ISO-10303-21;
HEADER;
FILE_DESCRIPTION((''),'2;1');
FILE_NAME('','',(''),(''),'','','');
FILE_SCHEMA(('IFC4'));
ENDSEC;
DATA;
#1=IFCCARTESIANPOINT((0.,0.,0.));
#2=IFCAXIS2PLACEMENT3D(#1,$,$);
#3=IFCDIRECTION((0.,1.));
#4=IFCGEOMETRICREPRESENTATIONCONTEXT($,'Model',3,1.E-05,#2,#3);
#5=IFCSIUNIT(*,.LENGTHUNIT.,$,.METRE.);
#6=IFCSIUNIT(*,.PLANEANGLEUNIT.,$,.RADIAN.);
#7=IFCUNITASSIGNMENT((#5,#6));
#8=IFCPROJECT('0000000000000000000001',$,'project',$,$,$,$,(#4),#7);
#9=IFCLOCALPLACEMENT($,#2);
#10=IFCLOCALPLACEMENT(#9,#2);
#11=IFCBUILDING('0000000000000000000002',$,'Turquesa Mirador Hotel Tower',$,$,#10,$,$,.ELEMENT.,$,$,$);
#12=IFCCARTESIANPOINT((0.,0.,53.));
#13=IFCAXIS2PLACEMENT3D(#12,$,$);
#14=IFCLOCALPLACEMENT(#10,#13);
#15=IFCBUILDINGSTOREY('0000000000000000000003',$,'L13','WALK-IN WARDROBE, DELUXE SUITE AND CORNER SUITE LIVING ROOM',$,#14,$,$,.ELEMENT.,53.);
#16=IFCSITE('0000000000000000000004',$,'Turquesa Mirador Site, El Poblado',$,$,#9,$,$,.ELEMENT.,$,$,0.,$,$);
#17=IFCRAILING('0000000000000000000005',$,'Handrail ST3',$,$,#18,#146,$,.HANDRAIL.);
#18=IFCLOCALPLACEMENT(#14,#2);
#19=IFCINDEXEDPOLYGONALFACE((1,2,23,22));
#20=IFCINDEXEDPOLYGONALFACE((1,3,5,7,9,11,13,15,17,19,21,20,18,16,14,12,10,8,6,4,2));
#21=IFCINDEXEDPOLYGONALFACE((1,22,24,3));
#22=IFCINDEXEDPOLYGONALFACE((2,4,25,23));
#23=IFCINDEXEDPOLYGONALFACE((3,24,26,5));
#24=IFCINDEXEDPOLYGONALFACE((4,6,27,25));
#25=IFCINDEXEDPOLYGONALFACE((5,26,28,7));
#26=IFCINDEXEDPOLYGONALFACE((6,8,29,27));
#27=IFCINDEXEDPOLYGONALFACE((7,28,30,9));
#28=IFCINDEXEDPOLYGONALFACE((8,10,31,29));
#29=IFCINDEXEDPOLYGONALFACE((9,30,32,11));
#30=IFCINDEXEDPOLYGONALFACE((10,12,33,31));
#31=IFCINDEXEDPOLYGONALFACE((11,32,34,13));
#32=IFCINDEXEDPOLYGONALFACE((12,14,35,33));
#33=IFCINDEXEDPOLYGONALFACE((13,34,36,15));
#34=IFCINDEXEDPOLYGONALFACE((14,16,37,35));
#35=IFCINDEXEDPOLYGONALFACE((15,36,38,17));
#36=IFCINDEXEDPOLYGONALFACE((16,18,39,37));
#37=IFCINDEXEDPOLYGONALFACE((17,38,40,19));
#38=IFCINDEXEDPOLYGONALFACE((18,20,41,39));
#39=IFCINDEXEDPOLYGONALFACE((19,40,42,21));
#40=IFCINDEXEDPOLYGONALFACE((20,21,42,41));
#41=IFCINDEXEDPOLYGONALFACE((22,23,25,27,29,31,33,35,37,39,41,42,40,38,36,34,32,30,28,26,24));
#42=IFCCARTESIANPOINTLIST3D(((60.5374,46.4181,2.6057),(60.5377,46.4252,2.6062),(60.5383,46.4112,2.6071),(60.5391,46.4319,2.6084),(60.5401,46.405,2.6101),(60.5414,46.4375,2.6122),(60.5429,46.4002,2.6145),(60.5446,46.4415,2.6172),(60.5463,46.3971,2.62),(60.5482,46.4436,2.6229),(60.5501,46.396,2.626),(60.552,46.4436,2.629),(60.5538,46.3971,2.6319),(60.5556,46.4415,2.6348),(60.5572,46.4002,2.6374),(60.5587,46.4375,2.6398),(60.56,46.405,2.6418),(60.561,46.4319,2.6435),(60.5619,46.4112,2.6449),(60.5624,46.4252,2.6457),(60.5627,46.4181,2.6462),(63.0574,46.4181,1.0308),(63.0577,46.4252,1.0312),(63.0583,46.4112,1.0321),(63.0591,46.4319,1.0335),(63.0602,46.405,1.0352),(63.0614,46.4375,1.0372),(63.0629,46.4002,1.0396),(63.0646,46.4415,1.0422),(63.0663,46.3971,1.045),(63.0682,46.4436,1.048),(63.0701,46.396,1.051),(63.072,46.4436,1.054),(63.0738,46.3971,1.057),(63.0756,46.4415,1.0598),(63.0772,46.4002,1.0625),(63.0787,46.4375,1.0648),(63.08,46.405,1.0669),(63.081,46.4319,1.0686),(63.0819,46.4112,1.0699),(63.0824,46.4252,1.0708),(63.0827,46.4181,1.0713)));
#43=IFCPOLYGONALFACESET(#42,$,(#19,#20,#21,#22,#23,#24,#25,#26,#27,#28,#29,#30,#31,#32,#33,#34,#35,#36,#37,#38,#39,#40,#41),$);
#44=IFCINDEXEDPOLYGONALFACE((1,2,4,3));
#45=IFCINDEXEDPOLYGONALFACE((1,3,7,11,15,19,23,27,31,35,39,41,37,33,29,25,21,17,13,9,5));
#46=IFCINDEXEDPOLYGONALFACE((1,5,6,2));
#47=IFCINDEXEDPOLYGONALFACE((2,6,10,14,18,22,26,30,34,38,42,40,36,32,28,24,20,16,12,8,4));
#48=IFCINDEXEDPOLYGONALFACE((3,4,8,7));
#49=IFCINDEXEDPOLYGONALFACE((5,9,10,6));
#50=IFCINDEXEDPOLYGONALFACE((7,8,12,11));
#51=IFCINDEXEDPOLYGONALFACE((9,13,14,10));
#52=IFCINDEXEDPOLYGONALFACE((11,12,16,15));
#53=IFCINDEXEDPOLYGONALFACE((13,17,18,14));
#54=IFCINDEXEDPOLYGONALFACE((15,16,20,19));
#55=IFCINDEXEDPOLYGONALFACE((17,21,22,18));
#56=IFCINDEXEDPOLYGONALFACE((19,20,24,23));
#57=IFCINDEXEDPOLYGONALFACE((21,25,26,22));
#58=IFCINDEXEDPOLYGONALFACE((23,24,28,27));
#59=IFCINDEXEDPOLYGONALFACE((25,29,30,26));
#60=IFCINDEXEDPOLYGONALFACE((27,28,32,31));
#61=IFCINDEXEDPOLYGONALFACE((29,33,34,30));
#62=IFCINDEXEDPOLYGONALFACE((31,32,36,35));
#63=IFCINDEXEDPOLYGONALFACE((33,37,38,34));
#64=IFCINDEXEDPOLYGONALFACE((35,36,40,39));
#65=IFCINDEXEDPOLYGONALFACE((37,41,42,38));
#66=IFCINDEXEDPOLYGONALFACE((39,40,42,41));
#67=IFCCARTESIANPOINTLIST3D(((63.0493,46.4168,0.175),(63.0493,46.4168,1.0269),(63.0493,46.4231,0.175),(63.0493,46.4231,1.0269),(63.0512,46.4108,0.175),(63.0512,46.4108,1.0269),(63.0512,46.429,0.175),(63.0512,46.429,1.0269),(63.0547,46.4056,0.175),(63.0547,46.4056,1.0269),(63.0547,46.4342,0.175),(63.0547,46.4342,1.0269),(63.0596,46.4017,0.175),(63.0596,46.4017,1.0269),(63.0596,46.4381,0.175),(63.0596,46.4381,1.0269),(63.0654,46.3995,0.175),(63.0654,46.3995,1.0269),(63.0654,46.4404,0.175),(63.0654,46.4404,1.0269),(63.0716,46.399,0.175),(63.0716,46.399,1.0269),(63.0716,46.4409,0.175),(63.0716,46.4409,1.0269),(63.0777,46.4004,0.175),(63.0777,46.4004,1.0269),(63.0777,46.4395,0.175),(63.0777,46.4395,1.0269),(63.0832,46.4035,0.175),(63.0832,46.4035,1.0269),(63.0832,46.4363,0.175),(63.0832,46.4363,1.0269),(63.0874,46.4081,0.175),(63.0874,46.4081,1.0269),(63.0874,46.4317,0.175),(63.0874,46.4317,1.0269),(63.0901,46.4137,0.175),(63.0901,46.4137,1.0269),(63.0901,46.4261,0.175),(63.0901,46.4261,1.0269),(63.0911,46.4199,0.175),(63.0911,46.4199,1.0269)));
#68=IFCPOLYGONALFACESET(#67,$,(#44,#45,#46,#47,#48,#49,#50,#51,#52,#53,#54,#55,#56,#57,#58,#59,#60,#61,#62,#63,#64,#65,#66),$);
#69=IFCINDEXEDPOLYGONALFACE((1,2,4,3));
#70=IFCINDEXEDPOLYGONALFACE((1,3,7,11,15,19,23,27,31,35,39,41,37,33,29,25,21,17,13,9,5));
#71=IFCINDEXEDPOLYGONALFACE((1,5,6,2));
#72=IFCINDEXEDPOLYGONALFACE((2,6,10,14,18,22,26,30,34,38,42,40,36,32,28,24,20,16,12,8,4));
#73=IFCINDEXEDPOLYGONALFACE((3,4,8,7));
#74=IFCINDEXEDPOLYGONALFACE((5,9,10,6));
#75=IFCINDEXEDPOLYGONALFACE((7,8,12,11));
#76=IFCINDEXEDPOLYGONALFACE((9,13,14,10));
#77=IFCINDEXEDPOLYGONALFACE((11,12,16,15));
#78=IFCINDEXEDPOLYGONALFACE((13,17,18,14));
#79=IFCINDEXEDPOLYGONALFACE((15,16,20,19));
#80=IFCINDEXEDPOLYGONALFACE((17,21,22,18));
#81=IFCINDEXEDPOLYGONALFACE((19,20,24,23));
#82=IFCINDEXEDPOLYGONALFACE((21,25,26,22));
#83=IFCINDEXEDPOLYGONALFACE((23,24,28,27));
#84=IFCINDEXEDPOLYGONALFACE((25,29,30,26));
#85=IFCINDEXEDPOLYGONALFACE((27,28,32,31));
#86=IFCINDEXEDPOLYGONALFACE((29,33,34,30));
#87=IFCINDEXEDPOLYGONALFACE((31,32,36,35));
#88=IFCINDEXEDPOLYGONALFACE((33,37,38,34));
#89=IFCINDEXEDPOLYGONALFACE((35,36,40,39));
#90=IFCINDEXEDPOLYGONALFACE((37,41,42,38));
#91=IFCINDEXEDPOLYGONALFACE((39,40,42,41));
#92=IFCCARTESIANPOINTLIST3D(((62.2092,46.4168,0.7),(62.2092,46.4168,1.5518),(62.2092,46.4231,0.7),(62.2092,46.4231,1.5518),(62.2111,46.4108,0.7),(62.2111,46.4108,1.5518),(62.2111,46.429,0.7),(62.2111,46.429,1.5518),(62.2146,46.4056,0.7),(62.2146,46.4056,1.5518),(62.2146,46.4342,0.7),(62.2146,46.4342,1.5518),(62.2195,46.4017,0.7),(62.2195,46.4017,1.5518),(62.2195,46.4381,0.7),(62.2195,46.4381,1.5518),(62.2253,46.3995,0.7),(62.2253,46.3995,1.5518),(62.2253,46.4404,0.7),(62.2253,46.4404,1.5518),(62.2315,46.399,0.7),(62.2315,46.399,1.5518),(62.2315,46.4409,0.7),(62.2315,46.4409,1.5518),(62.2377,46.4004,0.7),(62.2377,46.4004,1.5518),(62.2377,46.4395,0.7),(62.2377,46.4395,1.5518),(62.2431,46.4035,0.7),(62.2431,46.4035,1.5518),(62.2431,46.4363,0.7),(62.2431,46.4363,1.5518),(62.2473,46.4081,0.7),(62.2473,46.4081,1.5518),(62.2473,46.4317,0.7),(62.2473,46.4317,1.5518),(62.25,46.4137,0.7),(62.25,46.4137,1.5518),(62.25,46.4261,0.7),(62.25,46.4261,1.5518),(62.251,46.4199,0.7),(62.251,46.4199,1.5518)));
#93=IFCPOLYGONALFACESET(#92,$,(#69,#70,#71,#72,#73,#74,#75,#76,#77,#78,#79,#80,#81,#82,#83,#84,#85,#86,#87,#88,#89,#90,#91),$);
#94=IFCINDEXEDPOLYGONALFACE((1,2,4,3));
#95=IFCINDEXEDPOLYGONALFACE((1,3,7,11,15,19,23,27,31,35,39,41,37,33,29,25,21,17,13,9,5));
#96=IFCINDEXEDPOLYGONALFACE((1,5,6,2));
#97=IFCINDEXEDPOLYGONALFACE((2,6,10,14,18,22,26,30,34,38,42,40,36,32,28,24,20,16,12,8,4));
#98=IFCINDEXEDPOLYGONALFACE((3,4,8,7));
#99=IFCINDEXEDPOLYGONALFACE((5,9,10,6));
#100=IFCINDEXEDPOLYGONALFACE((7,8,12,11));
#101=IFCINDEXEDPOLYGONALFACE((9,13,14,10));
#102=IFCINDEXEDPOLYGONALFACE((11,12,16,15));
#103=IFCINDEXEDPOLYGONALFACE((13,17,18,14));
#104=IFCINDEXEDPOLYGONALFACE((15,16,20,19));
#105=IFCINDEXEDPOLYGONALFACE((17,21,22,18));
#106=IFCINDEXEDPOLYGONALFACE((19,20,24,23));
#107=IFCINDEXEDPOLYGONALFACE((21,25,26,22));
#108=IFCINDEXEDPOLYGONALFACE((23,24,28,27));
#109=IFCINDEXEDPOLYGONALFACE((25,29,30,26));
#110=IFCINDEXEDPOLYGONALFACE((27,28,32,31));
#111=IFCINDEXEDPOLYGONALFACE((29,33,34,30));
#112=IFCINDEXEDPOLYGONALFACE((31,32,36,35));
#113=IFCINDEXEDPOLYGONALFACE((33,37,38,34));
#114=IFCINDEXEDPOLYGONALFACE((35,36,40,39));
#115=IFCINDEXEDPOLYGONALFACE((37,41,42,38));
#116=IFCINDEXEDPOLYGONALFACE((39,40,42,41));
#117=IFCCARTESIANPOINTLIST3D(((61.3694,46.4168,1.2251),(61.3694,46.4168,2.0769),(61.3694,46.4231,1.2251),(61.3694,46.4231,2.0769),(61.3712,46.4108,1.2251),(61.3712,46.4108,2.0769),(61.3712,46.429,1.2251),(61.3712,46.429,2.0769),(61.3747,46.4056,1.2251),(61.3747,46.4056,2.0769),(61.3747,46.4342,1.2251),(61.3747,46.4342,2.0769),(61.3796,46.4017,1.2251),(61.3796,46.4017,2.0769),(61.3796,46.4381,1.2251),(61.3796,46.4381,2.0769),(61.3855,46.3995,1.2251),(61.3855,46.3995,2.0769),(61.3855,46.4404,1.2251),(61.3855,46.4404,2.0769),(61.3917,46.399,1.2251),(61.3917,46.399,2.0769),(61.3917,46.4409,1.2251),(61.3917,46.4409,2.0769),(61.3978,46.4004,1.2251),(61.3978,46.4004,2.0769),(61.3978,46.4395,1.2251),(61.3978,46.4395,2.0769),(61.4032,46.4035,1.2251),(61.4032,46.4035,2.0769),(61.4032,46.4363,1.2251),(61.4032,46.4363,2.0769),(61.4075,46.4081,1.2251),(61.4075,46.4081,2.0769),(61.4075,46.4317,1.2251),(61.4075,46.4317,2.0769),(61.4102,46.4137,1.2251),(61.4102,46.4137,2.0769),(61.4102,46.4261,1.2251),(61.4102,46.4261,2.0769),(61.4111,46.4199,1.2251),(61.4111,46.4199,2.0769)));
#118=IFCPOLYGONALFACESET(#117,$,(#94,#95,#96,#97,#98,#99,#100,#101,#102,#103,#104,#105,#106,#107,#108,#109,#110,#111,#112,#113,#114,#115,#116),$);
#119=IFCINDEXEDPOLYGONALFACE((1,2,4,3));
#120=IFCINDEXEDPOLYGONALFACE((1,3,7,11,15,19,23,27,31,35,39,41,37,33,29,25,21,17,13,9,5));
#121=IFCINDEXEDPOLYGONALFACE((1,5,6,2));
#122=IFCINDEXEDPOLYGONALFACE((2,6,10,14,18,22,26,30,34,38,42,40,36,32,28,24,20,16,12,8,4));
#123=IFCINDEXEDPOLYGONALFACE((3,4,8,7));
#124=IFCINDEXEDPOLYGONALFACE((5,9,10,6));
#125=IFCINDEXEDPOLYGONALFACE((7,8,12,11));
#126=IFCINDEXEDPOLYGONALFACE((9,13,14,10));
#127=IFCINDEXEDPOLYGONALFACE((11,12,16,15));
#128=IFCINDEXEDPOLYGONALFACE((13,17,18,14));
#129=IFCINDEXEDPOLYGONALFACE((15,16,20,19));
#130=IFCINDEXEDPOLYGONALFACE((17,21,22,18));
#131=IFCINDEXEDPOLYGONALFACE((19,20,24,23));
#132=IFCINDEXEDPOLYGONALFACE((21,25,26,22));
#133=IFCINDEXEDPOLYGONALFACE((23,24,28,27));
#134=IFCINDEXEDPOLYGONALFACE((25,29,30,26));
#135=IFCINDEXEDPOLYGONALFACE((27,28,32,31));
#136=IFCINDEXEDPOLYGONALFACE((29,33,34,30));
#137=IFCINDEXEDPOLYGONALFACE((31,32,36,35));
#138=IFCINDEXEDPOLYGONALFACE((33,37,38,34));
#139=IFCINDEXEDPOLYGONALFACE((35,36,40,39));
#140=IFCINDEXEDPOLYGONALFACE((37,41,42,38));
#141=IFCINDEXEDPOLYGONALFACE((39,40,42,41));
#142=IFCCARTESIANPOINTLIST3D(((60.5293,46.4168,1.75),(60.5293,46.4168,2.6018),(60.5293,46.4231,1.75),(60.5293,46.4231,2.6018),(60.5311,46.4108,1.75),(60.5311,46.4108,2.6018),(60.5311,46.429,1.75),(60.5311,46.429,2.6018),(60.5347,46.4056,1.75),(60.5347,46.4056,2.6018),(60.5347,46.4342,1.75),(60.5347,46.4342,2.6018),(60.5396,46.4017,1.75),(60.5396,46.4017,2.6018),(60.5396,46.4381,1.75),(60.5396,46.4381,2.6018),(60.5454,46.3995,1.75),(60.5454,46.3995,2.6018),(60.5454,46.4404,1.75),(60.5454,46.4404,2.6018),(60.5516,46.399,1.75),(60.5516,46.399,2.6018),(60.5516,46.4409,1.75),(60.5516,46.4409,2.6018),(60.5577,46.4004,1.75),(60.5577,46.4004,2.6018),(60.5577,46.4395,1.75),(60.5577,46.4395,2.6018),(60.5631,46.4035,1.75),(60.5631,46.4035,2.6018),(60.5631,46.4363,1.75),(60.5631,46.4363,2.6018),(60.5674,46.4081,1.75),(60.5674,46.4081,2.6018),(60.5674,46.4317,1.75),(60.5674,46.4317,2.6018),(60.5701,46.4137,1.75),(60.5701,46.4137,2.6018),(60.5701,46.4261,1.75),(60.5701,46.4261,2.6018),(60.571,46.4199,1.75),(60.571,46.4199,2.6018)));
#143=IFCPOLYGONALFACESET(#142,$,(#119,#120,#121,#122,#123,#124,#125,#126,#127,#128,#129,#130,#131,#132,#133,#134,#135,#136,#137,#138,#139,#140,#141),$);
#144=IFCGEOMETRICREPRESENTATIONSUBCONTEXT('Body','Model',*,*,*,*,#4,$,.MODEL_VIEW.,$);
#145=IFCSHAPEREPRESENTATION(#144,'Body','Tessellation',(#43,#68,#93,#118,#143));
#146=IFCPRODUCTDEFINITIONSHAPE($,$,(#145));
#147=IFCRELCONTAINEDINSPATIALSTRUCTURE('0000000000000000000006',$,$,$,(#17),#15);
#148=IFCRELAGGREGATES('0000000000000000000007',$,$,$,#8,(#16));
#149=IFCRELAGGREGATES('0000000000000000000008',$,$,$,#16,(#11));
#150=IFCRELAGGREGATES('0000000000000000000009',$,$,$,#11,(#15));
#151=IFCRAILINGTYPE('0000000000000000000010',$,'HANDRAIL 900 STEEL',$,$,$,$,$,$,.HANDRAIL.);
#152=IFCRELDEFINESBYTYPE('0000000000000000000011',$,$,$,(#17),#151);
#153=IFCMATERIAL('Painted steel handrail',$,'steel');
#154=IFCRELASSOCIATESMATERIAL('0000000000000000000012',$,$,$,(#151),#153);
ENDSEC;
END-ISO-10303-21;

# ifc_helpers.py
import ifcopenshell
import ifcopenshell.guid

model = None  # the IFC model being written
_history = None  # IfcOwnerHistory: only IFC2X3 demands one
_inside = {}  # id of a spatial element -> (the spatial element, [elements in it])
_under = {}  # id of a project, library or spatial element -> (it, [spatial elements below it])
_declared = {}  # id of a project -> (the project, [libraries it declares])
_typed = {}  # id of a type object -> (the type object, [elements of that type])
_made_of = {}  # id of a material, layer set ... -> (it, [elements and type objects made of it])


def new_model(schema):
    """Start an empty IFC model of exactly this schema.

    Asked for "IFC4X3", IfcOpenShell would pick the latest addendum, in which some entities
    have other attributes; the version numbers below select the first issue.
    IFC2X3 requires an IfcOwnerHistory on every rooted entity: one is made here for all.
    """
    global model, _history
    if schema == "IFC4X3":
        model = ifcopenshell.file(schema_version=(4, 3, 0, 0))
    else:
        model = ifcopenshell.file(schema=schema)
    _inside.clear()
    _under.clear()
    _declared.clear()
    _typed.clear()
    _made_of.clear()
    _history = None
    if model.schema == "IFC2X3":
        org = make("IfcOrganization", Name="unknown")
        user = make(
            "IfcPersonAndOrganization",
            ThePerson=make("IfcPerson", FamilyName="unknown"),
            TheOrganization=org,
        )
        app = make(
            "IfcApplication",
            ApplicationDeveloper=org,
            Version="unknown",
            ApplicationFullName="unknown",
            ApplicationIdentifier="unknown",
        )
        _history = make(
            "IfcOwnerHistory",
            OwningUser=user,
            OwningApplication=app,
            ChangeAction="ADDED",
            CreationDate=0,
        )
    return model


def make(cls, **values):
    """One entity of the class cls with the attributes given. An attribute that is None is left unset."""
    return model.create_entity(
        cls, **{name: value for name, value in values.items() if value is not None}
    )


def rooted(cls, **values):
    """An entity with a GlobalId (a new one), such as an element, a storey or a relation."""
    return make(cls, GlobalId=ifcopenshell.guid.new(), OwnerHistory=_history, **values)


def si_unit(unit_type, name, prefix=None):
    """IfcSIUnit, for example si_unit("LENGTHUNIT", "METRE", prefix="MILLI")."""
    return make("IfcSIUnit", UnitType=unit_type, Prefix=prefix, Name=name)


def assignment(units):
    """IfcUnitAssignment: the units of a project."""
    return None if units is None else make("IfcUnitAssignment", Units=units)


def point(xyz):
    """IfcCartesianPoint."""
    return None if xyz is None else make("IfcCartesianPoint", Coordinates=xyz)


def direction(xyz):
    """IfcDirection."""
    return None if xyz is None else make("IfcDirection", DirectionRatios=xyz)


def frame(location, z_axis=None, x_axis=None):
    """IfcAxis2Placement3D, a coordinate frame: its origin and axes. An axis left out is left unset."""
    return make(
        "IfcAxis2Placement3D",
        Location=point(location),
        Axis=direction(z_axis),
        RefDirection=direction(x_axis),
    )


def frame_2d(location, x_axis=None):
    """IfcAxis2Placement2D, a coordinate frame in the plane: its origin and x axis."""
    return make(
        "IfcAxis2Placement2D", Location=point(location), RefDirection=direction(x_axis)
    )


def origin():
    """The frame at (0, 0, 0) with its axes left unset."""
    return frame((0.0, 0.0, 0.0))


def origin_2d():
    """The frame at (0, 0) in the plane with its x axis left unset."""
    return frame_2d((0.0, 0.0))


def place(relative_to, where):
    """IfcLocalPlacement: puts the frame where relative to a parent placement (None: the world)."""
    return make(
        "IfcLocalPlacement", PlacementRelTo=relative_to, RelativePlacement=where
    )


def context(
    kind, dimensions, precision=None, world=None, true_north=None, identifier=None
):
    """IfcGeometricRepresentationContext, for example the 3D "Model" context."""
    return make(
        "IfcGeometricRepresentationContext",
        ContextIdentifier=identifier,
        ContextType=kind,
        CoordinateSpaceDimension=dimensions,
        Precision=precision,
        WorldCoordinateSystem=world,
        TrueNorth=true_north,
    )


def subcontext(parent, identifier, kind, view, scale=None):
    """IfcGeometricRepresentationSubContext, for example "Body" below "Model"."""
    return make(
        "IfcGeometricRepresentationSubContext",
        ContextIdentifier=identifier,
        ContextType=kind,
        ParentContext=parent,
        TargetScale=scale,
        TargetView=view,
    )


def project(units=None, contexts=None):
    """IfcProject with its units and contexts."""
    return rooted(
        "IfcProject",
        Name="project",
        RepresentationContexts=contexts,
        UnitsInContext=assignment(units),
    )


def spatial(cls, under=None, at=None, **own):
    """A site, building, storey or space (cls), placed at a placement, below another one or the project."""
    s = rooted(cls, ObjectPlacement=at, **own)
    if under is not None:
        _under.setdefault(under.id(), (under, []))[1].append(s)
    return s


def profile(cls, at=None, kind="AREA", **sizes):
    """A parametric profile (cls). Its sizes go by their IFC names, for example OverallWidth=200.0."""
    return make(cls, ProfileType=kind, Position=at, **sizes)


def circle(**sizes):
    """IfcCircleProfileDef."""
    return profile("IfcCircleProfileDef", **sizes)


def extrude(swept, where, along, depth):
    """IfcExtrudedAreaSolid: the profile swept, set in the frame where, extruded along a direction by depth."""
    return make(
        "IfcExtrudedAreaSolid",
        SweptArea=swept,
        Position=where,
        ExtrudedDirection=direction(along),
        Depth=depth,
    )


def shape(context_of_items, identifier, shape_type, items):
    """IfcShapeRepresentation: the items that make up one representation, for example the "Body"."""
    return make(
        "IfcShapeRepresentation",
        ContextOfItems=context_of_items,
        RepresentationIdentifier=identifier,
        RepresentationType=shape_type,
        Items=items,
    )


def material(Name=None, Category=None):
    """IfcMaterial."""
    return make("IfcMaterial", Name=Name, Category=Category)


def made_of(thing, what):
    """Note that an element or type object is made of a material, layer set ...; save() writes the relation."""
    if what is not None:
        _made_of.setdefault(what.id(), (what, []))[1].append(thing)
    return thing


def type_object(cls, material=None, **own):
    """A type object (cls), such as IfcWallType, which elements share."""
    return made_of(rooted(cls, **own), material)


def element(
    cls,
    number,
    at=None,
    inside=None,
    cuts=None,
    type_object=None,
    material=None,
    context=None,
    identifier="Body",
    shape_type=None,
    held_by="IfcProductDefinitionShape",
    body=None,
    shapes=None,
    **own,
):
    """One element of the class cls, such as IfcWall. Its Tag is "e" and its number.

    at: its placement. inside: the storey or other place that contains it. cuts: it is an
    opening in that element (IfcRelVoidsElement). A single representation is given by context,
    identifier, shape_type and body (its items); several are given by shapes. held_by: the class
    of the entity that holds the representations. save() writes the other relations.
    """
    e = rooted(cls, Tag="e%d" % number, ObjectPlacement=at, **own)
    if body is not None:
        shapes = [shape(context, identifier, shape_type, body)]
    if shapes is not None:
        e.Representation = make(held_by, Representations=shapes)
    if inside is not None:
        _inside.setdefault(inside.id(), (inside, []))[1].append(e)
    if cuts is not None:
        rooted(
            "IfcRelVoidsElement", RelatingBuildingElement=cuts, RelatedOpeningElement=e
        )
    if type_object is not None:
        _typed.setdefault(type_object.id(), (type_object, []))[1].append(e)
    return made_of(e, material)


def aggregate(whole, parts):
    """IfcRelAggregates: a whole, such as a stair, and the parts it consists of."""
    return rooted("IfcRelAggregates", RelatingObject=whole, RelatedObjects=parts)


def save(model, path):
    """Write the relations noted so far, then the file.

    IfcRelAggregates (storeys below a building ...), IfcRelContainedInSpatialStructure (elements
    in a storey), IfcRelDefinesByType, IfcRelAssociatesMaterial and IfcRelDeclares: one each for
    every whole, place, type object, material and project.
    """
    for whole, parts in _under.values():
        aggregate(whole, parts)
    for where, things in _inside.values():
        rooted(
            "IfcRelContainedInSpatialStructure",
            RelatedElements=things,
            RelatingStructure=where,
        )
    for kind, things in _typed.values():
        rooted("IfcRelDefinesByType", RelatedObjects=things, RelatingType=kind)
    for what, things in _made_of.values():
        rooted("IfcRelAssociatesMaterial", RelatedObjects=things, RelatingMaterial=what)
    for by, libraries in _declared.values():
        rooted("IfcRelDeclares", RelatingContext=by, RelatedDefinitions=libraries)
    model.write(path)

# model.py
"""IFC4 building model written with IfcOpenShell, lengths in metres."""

from ifc_helpers import new_model, si_unit, direction, frame, origin, origin_2d, place, context, subcontext, project, spatial, circle, extrude, material, type_object, element, save


model = new_model("IFC4")

# Units and contexts
model_context = context("Model", 3, precision=1e-05, world=origin(), true_north=direction((0.0, 1.0)))
body_context = subcontext(model_context, "Body", "Model", "MODEL_VIEW")
ifc_project = project(units=[si_unit("LENGTHUNIT", "METRE"), si_unit("PLANEANGLEUNIT", "RADIAN")], contexts=[model_context])

# Site, building, storey
site_placement = place(None, origin())
site = spatial("IfcSite", under=ifc_project, at=site_placement, Name="Turquesa Mirador Site, El Poblado", CompositionType="ELEMENT", RefElevation=0.0)
building_placement = place(site_placement, origin())
building = spatial("IfcBuilding", under=site, at=building_placement, Name="Turquesa Mirador Hotel Tower", CompositionType="ELEMENT")
storey_placement = place(building_placement, frame((0.0, 0.0, 53.0)))
storey = spatial("IfcBuildingStorey", under=building, at=storey_placement, Name="L13", Description="WALK-IN WARDROBE, DELUXE SUITE AND CORNER SUITE LIVING ROOM", CompositionType="ELEMENT", Elevation=53.0)

# Railing
ifc_material_1 = material(Name="Painted steel handrail", Category="steel")
railing_type = type_object("IfcRailingType", Name="HANDRAIL 900 STEEL", PredefinedType="HANDRAIL", material=ifc_material_1)
railing_1_placement = place(storey_placement, frame((63.0701, 46.4199, 0.175)))
element("IfcRailing", 1, at=railing_1_placement, inside=storey, type_object=railing_type, Name="Handrail ST3", PredefinedType="HANDRAIL", context=body_context, shape_type="SweptSolid", body=[
    extrude(circle(Radius=0.0239, at=origin_2d()), frame((0.0, 0.0, 0.876), z_axis=(-0.848008, 0.0, 0.529984), x_axis=(0.0, -1.0, 0.0)), (0.0, 0.0, 1.0), 2.9717),
    extrude(circle(Radius=0.021, at=origin_2d()), origin(), (0.0, 0.0, 1.0), 0.8518),
    extrude(circle(Radius=0.021, at=origin_2d()), frame((-0.8401, 0.0, 0.5249)), (0.0, 0.0, 1.0), 0.8518),
    extrude(circle(Radius=0.021, at=origin_2d()), frame((-1.6799, 0.0, 1.05)), (0.0, 0.0, 1.0), 0.8518),
    extrude(circle(Radius=0.021, at=origin_2d()), frame((-2.52, 0.0, 1.575)), (0.0, 0.0, 1.0), 0.8518),
])

save(model, "model.ifc")
